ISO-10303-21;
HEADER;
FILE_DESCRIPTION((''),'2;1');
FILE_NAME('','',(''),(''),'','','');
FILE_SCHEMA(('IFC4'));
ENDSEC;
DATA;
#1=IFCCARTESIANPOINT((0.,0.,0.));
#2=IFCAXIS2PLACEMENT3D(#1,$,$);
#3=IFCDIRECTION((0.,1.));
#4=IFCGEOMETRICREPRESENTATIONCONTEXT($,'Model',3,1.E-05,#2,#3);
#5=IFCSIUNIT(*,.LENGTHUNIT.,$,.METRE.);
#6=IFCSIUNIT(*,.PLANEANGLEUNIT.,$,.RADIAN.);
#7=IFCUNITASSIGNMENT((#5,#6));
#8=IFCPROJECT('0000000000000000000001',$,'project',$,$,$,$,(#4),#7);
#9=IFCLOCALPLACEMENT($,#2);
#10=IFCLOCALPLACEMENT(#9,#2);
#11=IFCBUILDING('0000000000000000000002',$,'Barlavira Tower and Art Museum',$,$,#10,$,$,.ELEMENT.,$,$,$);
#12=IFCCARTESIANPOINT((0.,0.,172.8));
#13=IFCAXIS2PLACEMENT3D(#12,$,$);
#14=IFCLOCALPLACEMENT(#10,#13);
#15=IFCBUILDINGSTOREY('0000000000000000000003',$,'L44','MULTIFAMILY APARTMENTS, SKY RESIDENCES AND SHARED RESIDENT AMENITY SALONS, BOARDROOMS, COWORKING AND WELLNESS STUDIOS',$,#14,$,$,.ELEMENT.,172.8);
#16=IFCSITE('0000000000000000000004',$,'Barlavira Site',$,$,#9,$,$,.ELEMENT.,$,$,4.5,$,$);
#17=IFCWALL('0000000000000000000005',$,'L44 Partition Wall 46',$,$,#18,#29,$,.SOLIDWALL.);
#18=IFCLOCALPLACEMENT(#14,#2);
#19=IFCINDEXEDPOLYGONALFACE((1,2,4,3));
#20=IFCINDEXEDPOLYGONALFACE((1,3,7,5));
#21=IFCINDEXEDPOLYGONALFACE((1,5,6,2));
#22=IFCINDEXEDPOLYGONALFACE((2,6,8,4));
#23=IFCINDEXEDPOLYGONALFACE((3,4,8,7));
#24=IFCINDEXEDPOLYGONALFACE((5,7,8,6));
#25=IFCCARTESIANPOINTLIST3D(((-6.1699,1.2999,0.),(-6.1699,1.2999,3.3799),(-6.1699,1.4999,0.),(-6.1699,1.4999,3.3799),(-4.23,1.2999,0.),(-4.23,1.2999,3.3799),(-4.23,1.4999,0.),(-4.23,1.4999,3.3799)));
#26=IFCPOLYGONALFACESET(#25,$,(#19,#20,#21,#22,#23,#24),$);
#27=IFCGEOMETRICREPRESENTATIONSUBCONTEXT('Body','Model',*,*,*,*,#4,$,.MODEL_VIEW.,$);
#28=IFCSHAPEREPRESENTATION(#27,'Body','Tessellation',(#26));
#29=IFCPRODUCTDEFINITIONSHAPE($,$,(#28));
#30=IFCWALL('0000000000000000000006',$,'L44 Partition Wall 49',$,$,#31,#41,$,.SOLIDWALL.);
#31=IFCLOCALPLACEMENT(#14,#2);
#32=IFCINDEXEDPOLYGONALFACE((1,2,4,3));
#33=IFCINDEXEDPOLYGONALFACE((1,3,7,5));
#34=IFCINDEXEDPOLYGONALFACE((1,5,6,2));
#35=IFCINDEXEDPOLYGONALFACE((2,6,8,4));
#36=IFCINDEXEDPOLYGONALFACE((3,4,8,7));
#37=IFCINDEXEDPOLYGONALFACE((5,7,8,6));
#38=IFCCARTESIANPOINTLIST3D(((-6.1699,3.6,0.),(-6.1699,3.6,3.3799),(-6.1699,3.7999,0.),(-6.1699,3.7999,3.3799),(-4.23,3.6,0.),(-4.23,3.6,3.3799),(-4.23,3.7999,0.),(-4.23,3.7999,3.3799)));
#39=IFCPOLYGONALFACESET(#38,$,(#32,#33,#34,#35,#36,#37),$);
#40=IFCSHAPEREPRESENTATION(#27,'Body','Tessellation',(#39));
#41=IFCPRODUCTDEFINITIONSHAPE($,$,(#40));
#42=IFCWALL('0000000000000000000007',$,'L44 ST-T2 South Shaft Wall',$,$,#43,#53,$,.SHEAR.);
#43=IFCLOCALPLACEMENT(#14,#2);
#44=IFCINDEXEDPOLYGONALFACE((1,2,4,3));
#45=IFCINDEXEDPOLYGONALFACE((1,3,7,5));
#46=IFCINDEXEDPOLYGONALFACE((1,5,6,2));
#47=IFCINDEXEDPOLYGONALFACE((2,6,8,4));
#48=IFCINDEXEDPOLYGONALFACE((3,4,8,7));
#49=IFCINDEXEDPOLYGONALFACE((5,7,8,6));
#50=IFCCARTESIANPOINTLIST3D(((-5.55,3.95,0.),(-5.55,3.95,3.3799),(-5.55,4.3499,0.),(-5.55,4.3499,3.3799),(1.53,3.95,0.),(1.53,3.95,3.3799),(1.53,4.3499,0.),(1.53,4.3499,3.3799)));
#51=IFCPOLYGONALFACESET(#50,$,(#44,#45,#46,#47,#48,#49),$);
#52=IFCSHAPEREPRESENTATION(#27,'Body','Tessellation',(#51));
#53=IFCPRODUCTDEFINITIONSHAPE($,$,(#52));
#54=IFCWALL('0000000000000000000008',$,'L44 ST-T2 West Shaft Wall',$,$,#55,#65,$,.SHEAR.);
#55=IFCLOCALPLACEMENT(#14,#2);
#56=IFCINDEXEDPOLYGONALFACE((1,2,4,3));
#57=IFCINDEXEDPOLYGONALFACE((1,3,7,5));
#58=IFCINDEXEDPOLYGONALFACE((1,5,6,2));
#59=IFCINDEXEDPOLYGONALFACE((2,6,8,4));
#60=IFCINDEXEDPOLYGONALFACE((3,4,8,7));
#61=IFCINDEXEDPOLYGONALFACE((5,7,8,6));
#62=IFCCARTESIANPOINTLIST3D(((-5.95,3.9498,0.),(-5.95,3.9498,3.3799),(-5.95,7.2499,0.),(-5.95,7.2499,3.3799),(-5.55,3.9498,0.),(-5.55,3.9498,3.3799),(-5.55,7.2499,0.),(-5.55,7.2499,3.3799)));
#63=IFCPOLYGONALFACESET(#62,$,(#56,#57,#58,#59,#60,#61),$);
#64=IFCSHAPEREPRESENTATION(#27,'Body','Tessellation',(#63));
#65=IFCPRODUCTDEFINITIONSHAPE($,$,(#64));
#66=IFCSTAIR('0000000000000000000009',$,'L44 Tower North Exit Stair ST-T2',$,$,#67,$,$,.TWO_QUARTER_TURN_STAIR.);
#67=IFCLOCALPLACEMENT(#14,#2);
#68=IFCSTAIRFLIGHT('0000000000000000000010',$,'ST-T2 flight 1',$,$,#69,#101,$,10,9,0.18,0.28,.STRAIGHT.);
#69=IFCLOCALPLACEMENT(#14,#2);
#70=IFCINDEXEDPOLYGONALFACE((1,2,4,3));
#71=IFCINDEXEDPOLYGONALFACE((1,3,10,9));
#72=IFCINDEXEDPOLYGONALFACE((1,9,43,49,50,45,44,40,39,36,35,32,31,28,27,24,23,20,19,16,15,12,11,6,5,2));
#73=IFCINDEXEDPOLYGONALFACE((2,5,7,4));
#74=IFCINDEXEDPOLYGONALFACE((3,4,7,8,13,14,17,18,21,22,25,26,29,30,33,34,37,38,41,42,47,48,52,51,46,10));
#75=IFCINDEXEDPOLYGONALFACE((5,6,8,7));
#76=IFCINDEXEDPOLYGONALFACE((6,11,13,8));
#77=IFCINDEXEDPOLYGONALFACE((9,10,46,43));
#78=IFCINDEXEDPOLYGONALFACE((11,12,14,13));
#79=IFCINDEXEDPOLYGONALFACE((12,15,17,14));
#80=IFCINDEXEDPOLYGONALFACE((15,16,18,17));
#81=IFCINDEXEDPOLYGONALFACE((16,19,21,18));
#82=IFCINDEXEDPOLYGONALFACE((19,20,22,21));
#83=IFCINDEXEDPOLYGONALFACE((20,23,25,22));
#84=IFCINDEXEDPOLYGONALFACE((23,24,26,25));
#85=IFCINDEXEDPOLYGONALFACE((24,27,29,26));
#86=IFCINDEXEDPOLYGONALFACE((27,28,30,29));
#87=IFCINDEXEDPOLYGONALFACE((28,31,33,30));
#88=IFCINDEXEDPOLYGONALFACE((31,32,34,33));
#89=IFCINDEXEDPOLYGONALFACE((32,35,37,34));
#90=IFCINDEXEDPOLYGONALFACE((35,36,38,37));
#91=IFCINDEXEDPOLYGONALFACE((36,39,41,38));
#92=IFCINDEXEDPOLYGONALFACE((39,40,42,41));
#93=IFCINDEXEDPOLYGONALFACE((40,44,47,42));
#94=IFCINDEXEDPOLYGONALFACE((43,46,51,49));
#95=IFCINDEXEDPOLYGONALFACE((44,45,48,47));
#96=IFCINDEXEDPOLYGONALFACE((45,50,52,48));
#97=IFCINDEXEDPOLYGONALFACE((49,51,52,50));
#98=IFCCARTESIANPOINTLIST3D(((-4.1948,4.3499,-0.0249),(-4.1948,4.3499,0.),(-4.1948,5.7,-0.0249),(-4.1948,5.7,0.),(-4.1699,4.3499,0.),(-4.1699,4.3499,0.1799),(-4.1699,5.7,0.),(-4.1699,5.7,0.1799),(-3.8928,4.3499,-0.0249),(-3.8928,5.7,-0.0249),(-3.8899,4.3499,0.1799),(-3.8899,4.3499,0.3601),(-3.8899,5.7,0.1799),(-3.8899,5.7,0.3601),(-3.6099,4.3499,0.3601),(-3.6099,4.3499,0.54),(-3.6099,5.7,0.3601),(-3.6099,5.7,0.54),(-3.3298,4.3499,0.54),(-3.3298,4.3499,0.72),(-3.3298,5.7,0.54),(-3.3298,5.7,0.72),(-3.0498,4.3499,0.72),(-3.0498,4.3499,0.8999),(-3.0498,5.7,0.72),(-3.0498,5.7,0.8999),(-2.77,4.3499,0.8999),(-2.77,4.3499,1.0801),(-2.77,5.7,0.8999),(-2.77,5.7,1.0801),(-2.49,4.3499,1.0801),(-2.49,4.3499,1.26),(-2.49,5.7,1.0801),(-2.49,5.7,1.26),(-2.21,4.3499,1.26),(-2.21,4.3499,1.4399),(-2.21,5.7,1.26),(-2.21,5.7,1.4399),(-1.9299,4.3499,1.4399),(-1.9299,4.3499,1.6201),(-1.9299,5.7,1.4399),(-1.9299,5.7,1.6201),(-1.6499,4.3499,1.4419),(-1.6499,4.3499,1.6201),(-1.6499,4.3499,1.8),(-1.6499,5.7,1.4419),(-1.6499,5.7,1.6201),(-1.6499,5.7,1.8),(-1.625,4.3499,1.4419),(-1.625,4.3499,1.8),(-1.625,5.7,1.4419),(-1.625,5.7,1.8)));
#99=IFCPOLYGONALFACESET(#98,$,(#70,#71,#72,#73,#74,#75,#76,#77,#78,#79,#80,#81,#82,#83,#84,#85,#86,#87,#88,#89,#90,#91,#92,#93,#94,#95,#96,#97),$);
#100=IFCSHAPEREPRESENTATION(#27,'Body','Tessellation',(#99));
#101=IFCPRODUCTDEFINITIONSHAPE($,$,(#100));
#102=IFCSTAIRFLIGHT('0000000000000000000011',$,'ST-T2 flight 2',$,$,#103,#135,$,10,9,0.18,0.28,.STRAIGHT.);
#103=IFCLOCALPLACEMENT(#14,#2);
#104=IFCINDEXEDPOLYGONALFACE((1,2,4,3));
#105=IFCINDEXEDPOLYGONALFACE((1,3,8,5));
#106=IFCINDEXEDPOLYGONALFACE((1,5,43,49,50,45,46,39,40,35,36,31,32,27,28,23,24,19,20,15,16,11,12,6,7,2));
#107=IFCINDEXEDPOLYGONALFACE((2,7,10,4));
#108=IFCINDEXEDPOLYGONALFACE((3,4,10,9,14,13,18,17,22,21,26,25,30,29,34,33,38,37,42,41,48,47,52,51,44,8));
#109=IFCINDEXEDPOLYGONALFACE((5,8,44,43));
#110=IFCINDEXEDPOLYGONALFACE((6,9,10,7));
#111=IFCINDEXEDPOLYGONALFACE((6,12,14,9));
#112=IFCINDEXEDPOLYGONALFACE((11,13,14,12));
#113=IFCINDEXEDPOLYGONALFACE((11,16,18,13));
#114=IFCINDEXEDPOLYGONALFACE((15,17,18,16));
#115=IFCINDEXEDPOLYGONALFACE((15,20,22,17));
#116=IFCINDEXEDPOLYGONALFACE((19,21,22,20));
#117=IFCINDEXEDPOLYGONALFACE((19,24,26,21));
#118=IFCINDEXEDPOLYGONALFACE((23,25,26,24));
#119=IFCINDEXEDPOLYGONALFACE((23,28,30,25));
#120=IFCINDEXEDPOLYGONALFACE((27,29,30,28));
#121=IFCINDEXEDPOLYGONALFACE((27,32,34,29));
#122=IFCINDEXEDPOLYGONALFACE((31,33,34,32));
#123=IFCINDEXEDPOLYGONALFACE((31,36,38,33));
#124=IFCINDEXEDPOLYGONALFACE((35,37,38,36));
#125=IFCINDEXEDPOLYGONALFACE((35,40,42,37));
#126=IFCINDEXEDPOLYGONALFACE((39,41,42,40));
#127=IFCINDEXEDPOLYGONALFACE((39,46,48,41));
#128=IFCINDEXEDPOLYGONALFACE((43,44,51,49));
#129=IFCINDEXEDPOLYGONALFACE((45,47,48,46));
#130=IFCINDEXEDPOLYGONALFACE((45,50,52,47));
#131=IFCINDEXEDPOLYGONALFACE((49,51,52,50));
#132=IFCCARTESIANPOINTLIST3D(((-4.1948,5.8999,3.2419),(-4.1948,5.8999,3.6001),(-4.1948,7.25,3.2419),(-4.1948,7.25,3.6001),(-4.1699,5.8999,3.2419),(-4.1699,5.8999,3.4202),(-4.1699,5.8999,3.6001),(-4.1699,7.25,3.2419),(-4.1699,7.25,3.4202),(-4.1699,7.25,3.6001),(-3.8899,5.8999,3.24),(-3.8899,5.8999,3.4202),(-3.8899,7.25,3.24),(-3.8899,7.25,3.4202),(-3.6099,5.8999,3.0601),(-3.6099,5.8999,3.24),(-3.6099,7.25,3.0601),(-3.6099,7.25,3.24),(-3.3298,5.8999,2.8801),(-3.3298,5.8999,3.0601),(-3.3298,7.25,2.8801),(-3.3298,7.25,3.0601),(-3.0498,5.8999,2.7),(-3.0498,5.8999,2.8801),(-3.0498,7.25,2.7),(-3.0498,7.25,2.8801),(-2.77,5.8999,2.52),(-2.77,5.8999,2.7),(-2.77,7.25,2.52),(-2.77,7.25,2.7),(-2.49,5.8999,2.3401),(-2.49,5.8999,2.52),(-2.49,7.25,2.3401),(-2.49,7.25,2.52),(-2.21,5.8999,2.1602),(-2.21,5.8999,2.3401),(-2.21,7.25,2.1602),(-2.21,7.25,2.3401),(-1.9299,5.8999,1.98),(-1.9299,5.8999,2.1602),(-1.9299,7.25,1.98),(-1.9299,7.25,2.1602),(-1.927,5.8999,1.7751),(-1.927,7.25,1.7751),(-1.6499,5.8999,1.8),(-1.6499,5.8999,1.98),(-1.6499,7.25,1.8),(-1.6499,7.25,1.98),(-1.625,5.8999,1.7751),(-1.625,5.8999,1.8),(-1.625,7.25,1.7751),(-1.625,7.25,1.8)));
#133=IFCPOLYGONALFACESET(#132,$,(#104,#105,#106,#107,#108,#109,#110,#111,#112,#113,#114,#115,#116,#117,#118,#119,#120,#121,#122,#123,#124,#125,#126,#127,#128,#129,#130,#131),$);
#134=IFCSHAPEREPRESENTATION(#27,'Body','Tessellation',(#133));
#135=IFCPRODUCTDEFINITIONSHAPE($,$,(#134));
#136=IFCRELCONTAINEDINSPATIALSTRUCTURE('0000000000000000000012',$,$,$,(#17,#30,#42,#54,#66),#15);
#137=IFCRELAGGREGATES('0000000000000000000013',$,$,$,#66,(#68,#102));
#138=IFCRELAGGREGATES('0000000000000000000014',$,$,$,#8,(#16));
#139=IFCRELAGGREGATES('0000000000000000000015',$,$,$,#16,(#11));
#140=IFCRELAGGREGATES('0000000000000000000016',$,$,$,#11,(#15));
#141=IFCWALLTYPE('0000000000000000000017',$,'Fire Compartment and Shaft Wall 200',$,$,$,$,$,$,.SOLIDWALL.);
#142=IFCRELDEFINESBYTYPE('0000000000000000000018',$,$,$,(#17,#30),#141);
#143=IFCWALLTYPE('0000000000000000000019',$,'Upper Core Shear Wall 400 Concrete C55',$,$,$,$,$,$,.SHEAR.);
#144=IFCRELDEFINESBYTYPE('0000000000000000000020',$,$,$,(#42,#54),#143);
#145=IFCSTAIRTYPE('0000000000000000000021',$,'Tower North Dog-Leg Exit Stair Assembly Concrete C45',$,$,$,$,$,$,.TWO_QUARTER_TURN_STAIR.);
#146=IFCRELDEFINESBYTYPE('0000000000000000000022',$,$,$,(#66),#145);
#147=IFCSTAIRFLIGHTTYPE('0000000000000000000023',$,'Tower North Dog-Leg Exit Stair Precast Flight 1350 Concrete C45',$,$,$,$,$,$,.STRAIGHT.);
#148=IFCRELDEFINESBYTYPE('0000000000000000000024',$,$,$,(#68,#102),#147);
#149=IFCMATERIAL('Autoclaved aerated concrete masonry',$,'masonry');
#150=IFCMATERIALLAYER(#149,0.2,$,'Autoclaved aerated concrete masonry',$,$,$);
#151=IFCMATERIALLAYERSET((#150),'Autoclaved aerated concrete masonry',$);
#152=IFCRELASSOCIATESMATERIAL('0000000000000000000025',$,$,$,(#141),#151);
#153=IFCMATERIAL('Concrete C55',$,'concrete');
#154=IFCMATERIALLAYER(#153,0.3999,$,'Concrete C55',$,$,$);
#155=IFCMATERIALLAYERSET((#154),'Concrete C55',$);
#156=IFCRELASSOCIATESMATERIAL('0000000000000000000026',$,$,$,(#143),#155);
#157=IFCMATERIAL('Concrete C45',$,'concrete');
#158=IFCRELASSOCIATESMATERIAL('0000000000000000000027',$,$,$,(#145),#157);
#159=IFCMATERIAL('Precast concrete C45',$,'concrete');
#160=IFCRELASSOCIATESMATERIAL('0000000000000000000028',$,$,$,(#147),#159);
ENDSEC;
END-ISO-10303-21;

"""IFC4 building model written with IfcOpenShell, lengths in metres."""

from ifc_helpers import new_model, si_unit, direction, frame, frame_2d, origin, place, context, subcontext, project, spatial, polyline, rectangle, outline, extrude, material, layer, layer_set, type_object, element, aggregate, save


model = new_model("IFC4")

# Units and contexts
model_context = context("Model", 3, precision=1e-05, world=origin(), true_north=direction((0.0, 1.0)))
body_context = subcontext(model_context, "Body", "Model", "MODEL_VIEW")
ifc_project = project(units=[si_unit("LENGTHUNIT", "METRE"), si_unit("PLANEANGLEUNIT", "RADIAN")], contexts=[model_context])

# Site, building, storey
site_placement = place(None, origin())
site = spatial("IfcSite", under=ifc_project, at=site_placement, Name="Barlavira Site", CompositionType="ELEMENT", RefElevation=4.5)
building_placement = place(site_placement, origin())
building = spatial("IfcBuilding", under=site, at=building_placement, Name="Barlavira Tower and Art Museum", CompositionType="ELEMENT")
storey_placement = place(building_placement, frame((0.0, 0.0, 172.8)))
storey = spatial("IfcBuildingStorey", under=building, at=storey_placement, Name="L44", Description="MULTIFAMILY APARTMENTS, SKY RESIDENCES AND SHARED RESIDENT AMENITY SALONS, BOARDROOMS, COWORKING AND WELLNESS STUDIOS", CompositionType="ELEMENT", Elevation=172.8)

# Shared definitions
ifc_material_1 = material(Name="Autoclaved aerated concrete masonry", Category="masonry")
ifc_layer_1 = layer(ifc_material_1, 0.2, Name="Autoclaved aerated concrete masonry")
ifc_layer_set_1 = layer_set([ifc_layer_1], Name="Autoclaved aerated concrete masonry")
wall_type_1 = type_object("IfcWallType", Name="Fire Compartment and Shaft Wall 200", PredefinedType="SOLIDWALL", material=ifc_layer_set_1)

# Walls
for number, where, z_axis, x_axis, name in (
    (1, (-6.1699, 1.3999, 0.0), (0.0, 0.0, 1.0), (1.0, 0.0, 0.0), "L44 Partition Wall 46"),
    (2, (-6.1699, 3.7, 0.0), (0.0, 0.0, 1.0), (1.0, 0.0, 0.0), "L44 Partition Wall 49"),
):
    element("IfcWall", number, at=place(storey_placement, frame(where, z_axis=z_axis, x_axis=x_axis)), inside=storey, type_object=wall_type_1, Name=name, PredefinedType="SOLIDWALL", context=body_context, shape_type="SweptSolid", body=[
        extrude(rectangle(XDim=1.9399, YDim=0.2, at=frame_2d((0.97, 0.0))), origin(), (0.0, 0.0, 1.0), 3.3799),
    ])
ifc_material_2 = material(Name="Concrete C55", Category="concrete")
ifc_layer_2 = layer(ifc_material_2, 0.3999, Name="Concrete C55")
ifc_layer_set_2 = layer_set([ifc_layer_2], Name="Concrete C55")
wall_type_2 = type_object("IfcWallType", Name="Upper Core Shear Wall 400 Concrete C55", PredefinedType="SHEAR", material=ifc_layer_set_2)
wall_1_placement = place(storey_placement, frame((-5.55, 4.1499, 0.0), z_axis=(0.0, 0.0, 1.0), x_axis=(1.0, 0.0, 0.0)))
element("IfcWall", 3, at=wall_1_placement, inside=storey, type_object=wall_type_2, Name="L44 ST-T2 South Shaft Wall", PredefinedType="SHEAR", context=body_context, shape_type="SweptSolid", body=[
    extrude(rectangle(XDim=7.0801, YDim=0.3999, at=frame_2d((3.54, 0.0))), origin(), (0.0, 0.0, 1.0), 3.3799),
])
wall_2_placement = place(storey_placement, frame((-5.75, 3.95, 0.0), z_axis=(0.0, 0.0, 1.0), x_axis=(0.0, 1.0, 0.0)))
element("IfcWall", 4, at=wall_2_placement, inside=storey, type_object=wall_type_2, Name="L44 ST-T2 West Shaft Wall", PredefinedType="SHEAR", context=body_context, shape_type="SweptSolid", body=[
    extrude(rectangle(XDim=3.3, YDim=0.3999, at=frame_2d((1.6499, 0.0))), origin(), (0.0, 0.0, 1.0), 3.3799),
])

# Stair, stair flights
ifc_material_3 = material(Name="Concrete C45", Category="concrete")
stair_type = type_object("IfcStairType", Name="Tower North Dog-Leg Exit Stair Assembly Concrete C45", PredefinedType="TWO_QUARTER_TURN_STAIR", material=ifc_material_3)
stair_placement = place(storey_placement, origin())
stair = element("IfcStair", 5, at=stair_placement, inside=storey, type_object=stair_type, Name="L44 Tower North Exit Stair ST-T2", PredefinedType="TWO_QUARTER_TURN_STAIR")
ifc_material_4 = material(Name="Precast concrete C45", Category="concrete")
stair_flight_type = type_object("IfcStairFlightType", Name="Tower North Dog-Leg Exit Stair Precast Flight 1350 Concrete C45", PredefinedType="STRAIGHT", material=ifc_material_4)
stair_flight_1_placement = place(storey_placement, frame((-4.1699, 5.0249, 0.0), z_axis=(0.0, 0.0, 1.0), x_axis=(1.0, 0.0, 0.0)))
stair_flight_1 = element("IfcStairFlight", 6, at=stair_flight_1_placement, type_object=stair_flight_type, Name="ST-T2 flight 1", NumberOfRisers=10, NumberOfTreads=9, PredefinedType="STRAIGHT", RiserHeight=0.18, TreadLength=0.28, context=body_context, shape_type="SweptSolid", body=[
    extrude(outline(polyline([(-0.0249, 0.0), (0.0, 0.0), (0.0, 0.1799), (0.28, 0.1799), (0.28, 0.3601), (0.5601, 0.3601), (0.5601, 0.54), (0.8401, 0.54), (0.8401, 0.72), (1.1201, 0.72), (1.1201, 0.8999), (1.3999, 0.8999), (1.3999, 1.0801), (1.6799, 1.0801), (1.6799, 1.26), (1.96, 1.26), (1.96, 1.4399), (2.24, 1.4399), (2.24, 1.6201), (2.52, 1.6201), (2.52, 1.8), (2.5449, 1.8), (2.5449, 1.4419), (2.52, 1.4419), (0.2771, -0.0249), (-0.0249, -0.0249), (-0.0249, 0.0)])), frame((0.0, 0.675, 0.0), z_axis=(0.0, -1.0, 0.0), x_axis=(1.0, 0.0, 0.0)), (0.0, 0.0, 1.0), 1.3501),
])
stair_flight_2_placement = place(storey_placement, frame((-1.6499, 6.575, 1.8), z_axis=(0.0, 0.0, 1.0), x_axis=(-1.0, 0.0, 0.0)))
stair_flight_2 = element("IfcStairFlight", 7, at=stair_flight_2_placement, type_object=stair_flight_type, Name="ST-T2 flight 2", NumberOfRisers=10, NumberOfTreads=9, PredefinedType="STRAIGHT", RiserHeight=0.18, TreadLength=0.28, context=body_context, shape_type="SweptSolid", body=[
    extrude(outline(polyline([(-0.0249, 0.0), (0.0, 0.0), (0.0, 0.1799), (0.28, 0.1799), (0.28, 0.3601), (0.5601, 0.3601), (0.5601, 0.54), (0.8401, 0.54), (0.8401, 0.72), (1.1201, 0.72), (1.1201, 0.8999), (1.3999, 0.8999), (1.3999, 1.0801), (1.6799, 1.0801), (1.6799, 1.26), (1.96, 1.26), (1.96, 1.4399), (2.24, 1.4399), (2.24, 1.6201), (2.52, 1.6201), (2.52, 1.8), (2.5449, 1.8), (2.5449, 1.4419), (2.52, 1.4419), (0.2771, -0.0249), (-0.0249, -0.0249), (-0.0249, 0.0)])), frame((0.0, 0.675, 0.0), z_axis=(0.0, -1.0, 0.0), x_axis=(1.0, 0.0, 0.0)), (0.0, 0.0, 1.0), 1.3501),
])
aggregate(stair, [stair_flight_1, stair_flight_2])

save(model, "model.ifc")
